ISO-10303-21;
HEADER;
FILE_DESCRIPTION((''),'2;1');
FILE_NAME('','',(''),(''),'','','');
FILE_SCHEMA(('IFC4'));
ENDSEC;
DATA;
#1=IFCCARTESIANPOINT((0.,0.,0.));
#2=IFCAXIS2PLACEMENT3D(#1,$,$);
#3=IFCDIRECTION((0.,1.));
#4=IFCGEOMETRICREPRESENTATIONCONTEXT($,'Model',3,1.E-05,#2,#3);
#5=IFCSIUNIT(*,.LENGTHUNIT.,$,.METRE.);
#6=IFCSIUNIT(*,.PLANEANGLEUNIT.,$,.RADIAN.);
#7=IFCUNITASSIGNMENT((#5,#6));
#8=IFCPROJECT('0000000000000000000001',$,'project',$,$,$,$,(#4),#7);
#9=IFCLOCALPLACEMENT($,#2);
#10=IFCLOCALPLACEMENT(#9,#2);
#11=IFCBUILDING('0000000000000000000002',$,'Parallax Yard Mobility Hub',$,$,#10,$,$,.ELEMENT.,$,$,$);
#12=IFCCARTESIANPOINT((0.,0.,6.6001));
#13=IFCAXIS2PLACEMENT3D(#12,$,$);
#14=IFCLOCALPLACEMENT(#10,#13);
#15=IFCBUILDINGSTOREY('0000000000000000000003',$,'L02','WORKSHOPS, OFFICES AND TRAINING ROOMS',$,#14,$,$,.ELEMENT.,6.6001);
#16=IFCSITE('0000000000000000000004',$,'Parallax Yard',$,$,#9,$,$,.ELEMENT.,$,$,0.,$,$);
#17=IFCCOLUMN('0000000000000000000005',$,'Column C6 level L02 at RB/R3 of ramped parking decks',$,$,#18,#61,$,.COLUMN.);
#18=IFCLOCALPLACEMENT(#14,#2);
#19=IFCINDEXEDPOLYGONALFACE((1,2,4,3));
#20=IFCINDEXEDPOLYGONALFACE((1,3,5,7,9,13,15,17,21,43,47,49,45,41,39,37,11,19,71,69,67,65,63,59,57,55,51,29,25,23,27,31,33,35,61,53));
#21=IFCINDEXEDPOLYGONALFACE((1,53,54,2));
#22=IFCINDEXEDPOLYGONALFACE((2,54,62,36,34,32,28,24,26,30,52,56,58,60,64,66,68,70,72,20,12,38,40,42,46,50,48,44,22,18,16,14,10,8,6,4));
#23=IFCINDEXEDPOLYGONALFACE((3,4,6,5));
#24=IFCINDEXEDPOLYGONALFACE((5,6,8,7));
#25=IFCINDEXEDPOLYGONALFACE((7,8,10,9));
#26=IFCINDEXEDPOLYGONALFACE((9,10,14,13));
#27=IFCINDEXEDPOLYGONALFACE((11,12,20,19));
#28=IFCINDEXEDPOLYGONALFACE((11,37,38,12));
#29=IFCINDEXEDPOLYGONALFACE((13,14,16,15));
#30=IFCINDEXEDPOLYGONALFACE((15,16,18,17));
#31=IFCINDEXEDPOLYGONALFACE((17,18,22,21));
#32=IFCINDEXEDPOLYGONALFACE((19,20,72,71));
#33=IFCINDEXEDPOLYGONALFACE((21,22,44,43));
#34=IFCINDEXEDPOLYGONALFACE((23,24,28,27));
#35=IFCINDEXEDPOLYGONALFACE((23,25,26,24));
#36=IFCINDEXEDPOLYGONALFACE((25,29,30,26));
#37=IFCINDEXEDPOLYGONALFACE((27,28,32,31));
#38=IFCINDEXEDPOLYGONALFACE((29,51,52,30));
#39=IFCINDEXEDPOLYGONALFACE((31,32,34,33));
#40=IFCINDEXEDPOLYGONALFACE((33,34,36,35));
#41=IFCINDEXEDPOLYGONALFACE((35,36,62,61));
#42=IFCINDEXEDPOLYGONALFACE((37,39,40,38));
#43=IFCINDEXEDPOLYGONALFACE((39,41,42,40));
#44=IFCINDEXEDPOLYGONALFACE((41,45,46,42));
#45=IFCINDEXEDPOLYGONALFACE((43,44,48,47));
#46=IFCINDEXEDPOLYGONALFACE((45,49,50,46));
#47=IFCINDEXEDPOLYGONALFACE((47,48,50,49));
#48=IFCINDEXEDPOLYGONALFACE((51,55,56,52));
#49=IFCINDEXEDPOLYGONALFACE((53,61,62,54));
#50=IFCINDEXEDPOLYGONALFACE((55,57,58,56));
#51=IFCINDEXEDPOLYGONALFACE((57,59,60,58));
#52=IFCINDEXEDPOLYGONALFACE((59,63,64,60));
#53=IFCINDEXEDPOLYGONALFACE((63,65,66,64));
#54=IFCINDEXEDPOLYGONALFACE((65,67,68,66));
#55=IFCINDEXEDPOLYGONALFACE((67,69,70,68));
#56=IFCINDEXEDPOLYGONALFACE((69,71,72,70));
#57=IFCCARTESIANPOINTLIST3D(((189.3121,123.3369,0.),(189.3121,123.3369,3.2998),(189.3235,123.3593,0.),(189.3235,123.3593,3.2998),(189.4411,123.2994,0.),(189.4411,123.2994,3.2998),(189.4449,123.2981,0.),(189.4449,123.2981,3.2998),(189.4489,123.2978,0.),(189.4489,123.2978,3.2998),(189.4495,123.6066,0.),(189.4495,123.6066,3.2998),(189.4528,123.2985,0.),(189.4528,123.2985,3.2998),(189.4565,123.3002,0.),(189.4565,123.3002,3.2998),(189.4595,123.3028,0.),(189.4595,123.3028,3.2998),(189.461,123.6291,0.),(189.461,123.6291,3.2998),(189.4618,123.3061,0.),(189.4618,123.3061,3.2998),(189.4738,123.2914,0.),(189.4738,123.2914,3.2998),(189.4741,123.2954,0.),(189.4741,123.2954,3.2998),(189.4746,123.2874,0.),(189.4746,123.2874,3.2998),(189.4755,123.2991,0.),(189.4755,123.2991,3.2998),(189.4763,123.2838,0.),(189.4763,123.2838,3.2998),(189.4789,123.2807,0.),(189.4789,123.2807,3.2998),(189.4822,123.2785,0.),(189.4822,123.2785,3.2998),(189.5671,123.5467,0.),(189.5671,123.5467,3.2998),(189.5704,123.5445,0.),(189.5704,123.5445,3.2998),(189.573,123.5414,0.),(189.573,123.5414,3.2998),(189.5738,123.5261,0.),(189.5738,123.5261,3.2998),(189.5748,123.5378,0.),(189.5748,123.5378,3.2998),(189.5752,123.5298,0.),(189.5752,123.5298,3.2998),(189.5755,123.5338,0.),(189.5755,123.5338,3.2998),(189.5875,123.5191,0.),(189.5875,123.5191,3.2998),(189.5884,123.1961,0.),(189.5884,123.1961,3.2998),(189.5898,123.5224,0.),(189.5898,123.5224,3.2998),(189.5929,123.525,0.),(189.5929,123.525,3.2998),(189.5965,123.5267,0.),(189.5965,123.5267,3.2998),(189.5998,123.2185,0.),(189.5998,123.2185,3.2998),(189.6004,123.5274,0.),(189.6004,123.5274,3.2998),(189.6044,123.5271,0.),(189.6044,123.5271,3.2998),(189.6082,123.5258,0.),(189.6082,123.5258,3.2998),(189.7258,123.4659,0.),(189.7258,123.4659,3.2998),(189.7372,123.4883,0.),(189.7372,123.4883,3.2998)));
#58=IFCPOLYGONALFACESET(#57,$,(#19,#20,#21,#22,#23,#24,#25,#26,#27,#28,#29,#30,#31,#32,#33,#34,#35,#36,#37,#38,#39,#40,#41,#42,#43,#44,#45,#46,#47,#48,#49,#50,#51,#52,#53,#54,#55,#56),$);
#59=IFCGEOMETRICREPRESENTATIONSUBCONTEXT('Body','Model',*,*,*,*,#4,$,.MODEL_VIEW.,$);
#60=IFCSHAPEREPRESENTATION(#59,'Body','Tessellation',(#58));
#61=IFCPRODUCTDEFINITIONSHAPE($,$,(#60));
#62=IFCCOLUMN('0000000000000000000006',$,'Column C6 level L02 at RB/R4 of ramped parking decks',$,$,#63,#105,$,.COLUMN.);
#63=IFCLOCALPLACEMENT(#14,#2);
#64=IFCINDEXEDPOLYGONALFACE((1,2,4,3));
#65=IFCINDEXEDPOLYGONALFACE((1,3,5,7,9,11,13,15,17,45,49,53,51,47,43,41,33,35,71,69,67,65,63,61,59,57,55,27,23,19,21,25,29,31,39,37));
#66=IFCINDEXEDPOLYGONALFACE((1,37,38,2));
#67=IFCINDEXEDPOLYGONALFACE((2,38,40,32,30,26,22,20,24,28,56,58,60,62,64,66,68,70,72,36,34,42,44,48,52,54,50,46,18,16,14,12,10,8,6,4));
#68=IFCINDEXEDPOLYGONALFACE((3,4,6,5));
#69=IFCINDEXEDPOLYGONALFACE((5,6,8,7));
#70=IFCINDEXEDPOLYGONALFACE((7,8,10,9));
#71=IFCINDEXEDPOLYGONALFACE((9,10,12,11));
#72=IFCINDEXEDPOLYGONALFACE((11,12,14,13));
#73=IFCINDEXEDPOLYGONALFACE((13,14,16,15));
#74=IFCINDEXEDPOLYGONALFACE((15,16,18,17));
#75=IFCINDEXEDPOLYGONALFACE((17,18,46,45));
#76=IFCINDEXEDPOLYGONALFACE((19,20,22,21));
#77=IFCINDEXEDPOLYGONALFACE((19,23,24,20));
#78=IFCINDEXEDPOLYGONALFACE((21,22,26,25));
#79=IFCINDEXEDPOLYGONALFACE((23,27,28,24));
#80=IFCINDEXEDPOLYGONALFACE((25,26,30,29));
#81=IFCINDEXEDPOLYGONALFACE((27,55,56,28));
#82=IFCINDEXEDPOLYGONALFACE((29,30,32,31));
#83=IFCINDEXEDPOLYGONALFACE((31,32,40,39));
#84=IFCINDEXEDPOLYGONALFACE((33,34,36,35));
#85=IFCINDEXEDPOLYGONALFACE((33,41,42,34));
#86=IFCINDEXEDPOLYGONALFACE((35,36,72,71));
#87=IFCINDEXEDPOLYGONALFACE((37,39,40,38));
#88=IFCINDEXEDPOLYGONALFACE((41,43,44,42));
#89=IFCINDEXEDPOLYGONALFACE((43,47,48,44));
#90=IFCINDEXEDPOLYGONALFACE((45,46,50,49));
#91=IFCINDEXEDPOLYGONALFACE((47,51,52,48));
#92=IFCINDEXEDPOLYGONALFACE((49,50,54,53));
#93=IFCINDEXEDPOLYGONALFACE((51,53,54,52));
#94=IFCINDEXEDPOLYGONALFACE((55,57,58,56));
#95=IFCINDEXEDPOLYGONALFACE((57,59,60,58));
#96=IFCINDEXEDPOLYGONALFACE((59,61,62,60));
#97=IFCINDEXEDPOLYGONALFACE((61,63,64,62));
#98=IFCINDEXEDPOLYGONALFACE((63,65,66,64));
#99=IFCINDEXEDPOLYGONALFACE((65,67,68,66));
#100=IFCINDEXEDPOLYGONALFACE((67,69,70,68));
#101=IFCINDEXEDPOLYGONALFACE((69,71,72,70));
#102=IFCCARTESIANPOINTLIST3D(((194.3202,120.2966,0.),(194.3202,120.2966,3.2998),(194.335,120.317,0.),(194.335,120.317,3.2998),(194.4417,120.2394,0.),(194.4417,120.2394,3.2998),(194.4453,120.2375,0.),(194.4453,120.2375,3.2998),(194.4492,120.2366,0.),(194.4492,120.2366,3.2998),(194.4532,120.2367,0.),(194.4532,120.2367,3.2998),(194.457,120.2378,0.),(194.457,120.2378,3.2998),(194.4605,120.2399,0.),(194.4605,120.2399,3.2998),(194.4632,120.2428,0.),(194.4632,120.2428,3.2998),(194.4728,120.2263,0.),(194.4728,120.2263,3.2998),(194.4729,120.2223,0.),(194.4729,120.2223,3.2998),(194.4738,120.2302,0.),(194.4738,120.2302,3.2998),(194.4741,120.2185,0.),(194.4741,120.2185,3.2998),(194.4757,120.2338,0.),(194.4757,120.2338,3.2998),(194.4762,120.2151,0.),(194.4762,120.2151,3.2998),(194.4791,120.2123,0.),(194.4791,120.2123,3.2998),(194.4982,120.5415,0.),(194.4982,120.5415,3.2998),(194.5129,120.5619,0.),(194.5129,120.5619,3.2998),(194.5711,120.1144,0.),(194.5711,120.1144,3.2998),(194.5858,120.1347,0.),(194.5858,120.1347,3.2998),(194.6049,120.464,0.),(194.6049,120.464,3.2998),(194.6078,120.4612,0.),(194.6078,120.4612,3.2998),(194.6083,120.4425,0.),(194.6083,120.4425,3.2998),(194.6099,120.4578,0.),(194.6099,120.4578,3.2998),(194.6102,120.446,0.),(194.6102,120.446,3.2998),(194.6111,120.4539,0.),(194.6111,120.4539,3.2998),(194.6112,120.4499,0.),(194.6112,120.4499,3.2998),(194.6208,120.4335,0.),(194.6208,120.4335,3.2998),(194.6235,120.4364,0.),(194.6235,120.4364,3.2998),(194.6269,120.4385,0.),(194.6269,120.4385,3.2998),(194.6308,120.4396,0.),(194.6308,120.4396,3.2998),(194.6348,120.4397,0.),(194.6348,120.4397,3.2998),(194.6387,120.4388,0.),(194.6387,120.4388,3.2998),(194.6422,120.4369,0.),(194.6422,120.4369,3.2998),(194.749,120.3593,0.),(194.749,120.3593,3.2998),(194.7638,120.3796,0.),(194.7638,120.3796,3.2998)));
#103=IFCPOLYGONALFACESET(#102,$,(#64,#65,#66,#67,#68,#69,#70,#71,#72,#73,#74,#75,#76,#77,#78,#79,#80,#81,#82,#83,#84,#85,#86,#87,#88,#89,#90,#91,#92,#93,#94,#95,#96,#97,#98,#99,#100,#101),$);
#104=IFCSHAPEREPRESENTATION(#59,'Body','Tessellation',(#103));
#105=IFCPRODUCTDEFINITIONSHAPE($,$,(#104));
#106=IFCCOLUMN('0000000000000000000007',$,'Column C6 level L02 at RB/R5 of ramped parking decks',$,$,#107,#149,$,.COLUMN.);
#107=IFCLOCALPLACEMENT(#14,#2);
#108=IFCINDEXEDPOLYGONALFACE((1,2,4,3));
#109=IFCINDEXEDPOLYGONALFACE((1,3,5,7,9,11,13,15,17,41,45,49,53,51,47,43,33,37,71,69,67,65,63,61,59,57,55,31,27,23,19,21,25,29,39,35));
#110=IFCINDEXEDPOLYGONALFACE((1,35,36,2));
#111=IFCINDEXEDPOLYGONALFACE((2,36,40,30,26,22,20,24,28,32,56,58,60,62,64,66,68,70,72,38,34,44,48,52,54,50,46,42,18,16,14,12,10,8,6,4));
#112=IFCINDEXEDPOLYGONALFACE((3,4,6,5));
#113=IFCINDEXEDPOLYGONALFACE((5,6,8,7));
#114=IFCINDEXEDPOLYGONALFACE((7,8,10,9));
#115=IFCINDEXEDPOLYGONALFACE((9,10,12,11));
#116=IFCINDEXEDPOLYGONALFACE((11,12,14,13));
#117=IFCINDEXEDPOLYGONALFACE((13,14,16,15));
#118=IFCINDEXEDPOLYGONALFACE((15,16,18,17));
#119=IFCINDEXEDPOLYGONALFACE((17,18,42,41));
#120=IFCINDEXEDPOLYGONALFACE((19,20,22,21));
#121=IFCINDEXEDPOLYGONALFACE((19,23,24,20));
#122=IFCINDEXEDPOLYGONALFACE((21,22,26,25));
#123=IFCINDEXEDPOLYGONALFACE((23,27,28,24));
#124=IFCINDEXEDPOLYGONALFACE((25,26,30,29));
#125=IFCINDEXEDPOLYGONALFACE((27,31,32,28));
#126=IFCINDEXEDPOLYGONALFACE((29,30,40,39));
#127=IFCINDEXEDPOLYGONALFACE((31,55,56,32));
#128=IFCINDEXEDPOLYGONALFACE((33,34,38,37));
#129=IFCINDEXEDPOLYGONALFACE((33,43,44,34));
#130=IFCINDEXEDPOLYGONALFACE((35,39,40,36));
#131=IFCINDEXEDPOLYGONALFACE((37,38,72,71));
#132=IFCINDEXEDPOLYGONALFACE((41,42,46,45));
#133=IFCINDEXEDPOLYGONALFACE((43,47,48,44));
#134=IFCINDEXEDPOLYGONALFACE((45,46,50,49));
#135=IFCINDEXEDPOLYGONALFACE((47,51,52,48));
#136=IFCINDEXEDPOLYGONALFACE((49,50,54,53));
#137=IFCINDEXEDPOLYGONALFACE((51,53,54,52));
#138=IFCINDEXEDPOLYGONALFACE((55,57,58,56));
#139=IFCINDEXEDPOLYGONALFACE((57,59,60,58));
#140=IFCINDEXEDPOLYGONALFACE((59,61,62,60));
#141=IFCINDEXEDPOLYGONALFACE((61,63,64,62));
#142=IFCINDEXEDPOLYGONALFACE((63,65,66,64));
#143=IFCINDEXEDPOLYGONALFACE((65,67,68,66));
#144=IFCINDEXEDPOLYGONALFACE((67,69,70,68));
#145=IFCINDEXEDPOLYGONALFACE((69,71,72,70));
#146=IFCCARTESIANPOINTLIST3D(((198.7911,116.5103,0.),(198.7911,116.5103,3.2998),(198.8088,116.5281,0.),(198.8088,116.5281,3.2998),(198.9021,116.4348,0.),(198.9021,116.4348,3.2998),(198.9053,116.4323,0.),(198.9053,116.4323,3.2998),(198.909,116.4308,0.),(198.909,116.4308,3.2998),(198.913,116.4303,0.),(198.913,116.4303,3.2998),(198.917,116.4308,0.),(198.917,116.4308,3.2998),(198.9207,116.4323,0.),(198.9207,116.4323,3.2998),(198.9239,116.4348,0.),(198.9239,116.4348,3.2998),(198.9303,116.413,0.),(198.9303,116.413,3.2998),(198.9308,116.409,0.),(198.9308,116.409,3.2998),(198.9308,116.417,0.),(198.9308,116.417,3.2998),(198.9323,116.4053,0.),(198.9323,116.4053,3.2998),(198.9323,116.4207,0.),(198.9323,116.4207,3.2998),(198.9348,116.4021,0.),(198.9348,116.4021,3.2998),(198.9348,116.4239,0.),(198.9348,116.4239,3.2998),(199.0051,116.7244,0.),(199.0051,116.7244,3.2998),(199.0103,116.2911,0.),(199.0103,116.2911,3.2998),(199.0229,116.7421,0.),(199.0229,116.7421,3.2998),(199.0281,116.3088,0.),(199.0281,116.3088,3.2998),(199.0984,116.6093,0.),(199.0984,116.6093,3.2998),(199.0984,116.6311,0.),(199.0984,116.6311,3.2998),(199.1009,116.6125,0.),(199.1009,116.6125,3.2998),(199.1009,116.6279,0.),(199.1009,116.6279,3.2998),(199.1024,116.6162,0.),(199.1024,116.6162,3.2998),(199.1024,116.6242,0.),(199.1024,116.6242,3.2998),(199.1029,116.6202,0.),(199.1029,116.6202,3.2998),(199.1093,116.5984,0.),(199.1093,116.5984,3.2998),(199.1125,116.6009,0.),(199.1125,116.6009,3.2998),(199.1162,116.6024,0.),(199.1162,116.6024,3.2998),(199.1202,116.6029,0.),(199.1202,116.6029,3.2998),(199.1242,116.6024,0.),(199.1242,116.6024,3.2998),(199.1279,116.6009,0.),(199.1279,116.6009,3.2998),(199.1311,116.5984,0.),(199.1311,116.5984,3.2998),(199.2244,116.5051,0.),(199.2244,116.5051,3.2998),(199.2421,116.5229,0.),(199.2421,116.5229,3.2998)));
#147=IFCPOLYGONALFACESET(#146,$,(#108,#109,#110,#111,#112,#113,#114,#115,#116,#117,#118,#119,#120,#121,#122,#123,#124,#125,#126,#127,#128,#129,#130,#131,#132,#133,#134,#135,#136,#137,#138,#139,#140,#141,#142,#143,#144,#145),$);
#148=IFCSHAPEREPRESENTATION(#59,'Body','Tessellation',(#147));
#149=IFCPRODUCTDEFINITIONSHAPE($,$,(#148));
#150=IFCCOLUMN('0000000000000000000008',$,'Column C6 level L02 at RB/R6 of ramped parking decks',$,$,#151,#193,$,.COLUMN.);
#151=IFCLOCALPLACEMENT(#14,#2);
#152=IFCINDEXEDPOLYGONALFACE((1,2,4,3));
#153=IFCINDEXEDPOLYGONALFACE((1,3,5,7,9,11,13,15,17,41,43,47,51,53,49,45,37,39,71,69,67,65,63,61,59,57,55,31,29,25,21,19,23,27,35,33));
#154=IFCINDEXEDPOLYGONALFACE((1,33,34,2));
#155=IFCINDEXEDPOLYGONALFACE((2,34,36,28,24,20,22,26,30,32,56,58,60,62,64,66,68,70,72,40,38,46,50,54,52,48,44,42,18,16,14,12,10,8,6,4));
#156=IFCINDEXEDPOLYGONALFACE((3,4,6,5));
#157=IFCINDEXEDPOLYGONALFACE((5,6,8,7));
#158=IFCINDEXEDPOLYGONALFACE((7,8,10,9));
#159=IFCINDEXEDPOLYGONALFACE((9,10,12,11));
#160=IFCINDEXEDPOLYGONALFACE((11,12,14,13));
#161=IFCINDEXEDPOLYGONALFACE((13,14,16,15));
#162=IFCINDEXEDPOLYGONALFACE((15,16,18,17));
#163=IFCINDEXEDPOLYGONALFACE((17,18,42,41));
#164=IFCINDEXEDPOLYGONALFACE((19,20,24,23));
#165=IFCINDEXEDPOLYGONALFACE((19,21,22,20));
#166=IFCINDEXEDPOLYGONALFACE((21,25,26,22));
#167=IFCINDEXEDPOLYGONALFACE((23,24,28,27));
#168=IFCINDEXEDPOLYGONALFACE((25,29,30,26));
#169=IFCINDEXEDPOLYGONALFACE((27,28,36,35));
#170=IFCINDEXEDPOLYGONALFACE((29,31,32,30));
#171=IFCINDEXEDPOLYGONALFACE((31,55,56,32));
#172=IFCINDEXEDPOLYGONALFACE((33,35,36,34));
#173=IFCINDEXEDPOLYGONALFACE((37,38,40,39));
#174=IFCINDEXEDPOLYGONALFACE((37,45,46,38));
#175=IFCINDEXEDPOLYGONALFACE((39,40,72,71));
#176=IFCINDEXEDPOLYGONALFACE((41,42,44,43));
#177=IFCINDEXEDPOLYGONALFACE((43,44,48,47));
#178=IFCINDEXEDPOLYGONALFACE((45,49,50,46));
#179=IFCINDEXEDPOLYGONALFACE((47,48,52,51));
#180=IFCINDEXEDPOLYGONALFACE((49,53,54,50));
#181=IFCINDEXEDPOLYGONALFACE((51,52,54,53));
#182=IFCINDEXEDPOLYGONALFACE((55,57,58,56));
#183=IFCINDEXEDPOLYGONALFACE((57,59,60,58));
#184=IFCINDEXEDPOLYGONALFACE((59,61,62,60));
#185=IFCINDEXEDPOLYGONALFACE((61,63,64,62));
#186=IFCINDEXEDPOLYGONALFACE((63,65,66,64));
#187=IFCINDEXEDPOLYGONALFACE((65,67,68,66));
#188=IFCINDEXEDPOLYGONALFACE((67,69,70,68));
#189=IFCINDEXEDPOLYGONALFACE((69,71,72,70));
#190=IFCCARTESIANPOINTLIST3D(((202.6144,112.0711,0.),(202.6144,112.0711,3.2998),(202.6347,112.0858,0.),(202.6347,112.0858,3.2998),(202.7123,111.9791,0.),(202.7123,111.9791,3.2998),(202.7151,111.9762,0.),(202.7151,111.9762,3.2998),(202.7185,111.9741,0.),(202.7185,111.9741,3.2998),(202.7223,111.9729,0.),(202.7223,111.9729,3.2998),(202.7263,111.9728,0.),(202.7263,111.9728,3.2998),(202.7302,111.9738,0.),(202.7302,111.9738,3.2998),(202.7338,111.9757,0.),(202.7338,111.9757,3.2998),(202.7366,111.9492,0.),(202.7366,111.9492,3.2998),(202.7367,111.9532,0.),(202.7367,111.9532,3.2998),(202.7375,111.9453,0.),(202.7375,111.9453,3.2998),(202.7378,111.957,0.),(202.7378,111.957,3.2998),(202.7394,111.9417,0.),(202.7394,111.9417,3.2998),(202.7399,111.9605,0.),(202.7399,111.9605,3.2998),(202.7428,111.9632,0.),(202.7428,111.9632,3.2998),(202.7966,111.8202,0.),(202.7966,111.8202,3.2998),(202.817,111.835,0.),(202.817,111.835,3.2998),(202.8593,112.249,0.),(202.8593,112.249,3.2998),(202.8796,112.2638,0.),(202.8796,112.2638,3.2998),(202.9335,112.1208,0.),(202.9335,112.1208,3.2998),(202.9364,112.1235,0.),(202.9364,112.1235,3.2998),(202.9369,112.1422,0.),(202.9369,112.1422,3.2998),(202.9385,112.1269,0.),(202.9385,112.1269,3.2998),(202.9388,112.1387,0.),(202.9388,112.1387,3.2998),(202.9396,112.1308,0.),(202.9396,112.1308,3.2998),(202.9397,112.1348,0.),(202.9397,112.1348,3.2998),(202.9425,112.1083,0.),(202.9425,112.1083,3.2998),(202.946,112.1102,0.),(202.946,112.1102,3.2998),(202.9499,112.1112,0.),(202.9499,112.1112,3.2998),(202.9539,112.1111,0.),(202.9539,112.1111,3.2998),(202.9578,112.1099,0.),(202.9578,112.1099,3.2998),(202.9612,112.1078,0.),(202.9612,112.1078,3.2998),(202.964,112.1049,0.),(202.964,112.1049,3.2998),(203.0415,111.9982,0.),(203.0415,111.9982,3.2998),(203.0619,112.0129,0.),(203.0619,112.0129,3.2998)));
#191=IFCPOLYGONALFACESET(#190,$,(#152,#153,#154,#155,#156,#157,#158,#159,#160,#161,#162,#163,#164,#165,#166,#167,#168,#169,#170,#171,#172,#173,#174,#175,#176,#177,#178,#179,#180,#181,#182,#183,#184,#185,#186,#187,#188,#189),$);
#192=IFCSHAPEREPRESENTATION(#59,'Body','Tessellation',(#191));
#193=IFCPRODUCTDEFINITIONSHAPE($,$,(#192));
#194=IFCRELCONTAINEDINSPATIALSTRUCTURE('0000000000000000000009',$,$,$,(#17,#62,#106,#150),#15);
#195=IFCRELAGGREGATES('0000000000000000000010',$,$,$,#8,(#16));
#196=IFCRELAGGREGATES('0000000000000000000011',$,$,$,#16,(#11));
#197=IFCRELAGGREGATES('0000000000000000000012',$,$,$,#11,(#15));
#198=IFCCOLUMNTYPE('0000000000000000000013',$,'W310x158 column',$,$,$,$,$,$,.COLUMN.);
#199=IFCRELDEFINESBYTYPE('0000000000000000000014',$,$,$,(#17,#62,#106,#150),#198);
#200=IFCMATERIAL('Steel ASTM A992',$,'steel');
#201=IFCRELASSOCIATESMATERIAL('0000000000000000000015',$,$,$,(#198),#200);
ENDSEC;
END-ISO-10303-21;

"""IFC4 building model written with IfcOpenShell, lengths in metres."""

from ifc_helpers import new_model, si_unit, direction, frame, origin, origin_2d, place, context, subcontext, project, spatial, i_section, extrude, material, material_profile, profile_set, type_object, element, save


model = new_model("IFC4")

# Units and contexts
model_context = context("Model", 3, precision=1e-05, world=origin(), true_north=direction((0.0, 1.0)))
body_context = subcontext(model_context, "Body", "Model", "MODEL_VIEW")
ifc_project = project(units=[si_unit("LENGTHUNIT", "METRE"), si_unit("PLANEANGLEUNIT", "RADIAN")], contexts=[model_context])

# Site, building, storey
site_placement = place(None, origin())
site = spatial("IfcSite", under=ifc_project, at=site_placement, Name="Parallax Yard", CompositionType="ELEMENT", RefElevation=0.0)
building_placement = place(site_placement, origin())
building = spatial("IfcBuilding", under=site, at=building_placement, Name="Parallax Yard Mobility Hub", CompositionType="ELEMENT")
storey_placement = place(building_placement, frame((0.0, 0.0, 6.6001)))
storey = spatial("IfcBuildingStorey", under=building, at=storey_placement, Name="L02", Description="WORKSHOPS, OFFICES AND TRAINING ROOMS", CompositionType="ELEMENT", Elevation=6.6001)

# Columns
ifc_material_1 = material(Name="Steel ASTM A992", Category="steel")
ifc_material_profile_1 = material_profile(ifc_material_1, i_section(OverallWidth=0.3101, OverallDepth=0.3279, WebThickness=0.0154, FlangeThickness=0.0251, FilletRadius=0.0154, at=origin_2d()), Name="W310x158")
ifc_profile_set_1 = profile_set([ifc_material_profile_1], Name="Steel ASTM A992")
column_type = type_object("IfcColumnType", Name="W310x158 column", PredefinedType="COLUMN", material=ifc_profile_set_1)
for number, where, z_axis, x_axis, name in (
    (1, (189.5247, 123.4126, 0.0), (0.0, 0.0, 1.0), (-0.891007, 0.45399, 0.0), "Column C6 level L02 at RB/R3 of ramped parking decks"),
    (2, (194.542, 120.3381, 0.0), (0.0, 0.0, 1.0), (-0.809017, 0.587785, 0.0), "Column C6 level L02 at RB/R4 of ramped parking decks"),
    (3, (199.0166, 116.5166, 0.0), (0.0, 0.0, 1.0), (-0.707107, 0.707107, 0.0), "Column C6 level L02 at RB/R5 of ramped parking decks"),
    (4, (202.8381, 112.042, 0.0), (0.0, 0.0, 1.0), (-0.587785, 0.809017, 0.0), "Column C6 level L02 at RB/R6 of ramped parking decks"),
):
    element("IfcColumn", number, at=place(storey_placement, frame(where, z_axis=z_axis, x_axis=x_axis)), inside=storey, type_object=column_type, Name=name, PredefinedType="COLUMN", context=body_context, shape_type="SweptSolid", body=[
        extrude(i_section(OverallWidth=0.3101, OverallDepth=0.3279, WebThickness=0.0154, FlangeThickness=0.0251, FilletRadius=0.0154, at=origin_2d()), origin(), (0.0, 0.0, 1.0), 3.2998),
    ])

save(model, "model.ifc")
